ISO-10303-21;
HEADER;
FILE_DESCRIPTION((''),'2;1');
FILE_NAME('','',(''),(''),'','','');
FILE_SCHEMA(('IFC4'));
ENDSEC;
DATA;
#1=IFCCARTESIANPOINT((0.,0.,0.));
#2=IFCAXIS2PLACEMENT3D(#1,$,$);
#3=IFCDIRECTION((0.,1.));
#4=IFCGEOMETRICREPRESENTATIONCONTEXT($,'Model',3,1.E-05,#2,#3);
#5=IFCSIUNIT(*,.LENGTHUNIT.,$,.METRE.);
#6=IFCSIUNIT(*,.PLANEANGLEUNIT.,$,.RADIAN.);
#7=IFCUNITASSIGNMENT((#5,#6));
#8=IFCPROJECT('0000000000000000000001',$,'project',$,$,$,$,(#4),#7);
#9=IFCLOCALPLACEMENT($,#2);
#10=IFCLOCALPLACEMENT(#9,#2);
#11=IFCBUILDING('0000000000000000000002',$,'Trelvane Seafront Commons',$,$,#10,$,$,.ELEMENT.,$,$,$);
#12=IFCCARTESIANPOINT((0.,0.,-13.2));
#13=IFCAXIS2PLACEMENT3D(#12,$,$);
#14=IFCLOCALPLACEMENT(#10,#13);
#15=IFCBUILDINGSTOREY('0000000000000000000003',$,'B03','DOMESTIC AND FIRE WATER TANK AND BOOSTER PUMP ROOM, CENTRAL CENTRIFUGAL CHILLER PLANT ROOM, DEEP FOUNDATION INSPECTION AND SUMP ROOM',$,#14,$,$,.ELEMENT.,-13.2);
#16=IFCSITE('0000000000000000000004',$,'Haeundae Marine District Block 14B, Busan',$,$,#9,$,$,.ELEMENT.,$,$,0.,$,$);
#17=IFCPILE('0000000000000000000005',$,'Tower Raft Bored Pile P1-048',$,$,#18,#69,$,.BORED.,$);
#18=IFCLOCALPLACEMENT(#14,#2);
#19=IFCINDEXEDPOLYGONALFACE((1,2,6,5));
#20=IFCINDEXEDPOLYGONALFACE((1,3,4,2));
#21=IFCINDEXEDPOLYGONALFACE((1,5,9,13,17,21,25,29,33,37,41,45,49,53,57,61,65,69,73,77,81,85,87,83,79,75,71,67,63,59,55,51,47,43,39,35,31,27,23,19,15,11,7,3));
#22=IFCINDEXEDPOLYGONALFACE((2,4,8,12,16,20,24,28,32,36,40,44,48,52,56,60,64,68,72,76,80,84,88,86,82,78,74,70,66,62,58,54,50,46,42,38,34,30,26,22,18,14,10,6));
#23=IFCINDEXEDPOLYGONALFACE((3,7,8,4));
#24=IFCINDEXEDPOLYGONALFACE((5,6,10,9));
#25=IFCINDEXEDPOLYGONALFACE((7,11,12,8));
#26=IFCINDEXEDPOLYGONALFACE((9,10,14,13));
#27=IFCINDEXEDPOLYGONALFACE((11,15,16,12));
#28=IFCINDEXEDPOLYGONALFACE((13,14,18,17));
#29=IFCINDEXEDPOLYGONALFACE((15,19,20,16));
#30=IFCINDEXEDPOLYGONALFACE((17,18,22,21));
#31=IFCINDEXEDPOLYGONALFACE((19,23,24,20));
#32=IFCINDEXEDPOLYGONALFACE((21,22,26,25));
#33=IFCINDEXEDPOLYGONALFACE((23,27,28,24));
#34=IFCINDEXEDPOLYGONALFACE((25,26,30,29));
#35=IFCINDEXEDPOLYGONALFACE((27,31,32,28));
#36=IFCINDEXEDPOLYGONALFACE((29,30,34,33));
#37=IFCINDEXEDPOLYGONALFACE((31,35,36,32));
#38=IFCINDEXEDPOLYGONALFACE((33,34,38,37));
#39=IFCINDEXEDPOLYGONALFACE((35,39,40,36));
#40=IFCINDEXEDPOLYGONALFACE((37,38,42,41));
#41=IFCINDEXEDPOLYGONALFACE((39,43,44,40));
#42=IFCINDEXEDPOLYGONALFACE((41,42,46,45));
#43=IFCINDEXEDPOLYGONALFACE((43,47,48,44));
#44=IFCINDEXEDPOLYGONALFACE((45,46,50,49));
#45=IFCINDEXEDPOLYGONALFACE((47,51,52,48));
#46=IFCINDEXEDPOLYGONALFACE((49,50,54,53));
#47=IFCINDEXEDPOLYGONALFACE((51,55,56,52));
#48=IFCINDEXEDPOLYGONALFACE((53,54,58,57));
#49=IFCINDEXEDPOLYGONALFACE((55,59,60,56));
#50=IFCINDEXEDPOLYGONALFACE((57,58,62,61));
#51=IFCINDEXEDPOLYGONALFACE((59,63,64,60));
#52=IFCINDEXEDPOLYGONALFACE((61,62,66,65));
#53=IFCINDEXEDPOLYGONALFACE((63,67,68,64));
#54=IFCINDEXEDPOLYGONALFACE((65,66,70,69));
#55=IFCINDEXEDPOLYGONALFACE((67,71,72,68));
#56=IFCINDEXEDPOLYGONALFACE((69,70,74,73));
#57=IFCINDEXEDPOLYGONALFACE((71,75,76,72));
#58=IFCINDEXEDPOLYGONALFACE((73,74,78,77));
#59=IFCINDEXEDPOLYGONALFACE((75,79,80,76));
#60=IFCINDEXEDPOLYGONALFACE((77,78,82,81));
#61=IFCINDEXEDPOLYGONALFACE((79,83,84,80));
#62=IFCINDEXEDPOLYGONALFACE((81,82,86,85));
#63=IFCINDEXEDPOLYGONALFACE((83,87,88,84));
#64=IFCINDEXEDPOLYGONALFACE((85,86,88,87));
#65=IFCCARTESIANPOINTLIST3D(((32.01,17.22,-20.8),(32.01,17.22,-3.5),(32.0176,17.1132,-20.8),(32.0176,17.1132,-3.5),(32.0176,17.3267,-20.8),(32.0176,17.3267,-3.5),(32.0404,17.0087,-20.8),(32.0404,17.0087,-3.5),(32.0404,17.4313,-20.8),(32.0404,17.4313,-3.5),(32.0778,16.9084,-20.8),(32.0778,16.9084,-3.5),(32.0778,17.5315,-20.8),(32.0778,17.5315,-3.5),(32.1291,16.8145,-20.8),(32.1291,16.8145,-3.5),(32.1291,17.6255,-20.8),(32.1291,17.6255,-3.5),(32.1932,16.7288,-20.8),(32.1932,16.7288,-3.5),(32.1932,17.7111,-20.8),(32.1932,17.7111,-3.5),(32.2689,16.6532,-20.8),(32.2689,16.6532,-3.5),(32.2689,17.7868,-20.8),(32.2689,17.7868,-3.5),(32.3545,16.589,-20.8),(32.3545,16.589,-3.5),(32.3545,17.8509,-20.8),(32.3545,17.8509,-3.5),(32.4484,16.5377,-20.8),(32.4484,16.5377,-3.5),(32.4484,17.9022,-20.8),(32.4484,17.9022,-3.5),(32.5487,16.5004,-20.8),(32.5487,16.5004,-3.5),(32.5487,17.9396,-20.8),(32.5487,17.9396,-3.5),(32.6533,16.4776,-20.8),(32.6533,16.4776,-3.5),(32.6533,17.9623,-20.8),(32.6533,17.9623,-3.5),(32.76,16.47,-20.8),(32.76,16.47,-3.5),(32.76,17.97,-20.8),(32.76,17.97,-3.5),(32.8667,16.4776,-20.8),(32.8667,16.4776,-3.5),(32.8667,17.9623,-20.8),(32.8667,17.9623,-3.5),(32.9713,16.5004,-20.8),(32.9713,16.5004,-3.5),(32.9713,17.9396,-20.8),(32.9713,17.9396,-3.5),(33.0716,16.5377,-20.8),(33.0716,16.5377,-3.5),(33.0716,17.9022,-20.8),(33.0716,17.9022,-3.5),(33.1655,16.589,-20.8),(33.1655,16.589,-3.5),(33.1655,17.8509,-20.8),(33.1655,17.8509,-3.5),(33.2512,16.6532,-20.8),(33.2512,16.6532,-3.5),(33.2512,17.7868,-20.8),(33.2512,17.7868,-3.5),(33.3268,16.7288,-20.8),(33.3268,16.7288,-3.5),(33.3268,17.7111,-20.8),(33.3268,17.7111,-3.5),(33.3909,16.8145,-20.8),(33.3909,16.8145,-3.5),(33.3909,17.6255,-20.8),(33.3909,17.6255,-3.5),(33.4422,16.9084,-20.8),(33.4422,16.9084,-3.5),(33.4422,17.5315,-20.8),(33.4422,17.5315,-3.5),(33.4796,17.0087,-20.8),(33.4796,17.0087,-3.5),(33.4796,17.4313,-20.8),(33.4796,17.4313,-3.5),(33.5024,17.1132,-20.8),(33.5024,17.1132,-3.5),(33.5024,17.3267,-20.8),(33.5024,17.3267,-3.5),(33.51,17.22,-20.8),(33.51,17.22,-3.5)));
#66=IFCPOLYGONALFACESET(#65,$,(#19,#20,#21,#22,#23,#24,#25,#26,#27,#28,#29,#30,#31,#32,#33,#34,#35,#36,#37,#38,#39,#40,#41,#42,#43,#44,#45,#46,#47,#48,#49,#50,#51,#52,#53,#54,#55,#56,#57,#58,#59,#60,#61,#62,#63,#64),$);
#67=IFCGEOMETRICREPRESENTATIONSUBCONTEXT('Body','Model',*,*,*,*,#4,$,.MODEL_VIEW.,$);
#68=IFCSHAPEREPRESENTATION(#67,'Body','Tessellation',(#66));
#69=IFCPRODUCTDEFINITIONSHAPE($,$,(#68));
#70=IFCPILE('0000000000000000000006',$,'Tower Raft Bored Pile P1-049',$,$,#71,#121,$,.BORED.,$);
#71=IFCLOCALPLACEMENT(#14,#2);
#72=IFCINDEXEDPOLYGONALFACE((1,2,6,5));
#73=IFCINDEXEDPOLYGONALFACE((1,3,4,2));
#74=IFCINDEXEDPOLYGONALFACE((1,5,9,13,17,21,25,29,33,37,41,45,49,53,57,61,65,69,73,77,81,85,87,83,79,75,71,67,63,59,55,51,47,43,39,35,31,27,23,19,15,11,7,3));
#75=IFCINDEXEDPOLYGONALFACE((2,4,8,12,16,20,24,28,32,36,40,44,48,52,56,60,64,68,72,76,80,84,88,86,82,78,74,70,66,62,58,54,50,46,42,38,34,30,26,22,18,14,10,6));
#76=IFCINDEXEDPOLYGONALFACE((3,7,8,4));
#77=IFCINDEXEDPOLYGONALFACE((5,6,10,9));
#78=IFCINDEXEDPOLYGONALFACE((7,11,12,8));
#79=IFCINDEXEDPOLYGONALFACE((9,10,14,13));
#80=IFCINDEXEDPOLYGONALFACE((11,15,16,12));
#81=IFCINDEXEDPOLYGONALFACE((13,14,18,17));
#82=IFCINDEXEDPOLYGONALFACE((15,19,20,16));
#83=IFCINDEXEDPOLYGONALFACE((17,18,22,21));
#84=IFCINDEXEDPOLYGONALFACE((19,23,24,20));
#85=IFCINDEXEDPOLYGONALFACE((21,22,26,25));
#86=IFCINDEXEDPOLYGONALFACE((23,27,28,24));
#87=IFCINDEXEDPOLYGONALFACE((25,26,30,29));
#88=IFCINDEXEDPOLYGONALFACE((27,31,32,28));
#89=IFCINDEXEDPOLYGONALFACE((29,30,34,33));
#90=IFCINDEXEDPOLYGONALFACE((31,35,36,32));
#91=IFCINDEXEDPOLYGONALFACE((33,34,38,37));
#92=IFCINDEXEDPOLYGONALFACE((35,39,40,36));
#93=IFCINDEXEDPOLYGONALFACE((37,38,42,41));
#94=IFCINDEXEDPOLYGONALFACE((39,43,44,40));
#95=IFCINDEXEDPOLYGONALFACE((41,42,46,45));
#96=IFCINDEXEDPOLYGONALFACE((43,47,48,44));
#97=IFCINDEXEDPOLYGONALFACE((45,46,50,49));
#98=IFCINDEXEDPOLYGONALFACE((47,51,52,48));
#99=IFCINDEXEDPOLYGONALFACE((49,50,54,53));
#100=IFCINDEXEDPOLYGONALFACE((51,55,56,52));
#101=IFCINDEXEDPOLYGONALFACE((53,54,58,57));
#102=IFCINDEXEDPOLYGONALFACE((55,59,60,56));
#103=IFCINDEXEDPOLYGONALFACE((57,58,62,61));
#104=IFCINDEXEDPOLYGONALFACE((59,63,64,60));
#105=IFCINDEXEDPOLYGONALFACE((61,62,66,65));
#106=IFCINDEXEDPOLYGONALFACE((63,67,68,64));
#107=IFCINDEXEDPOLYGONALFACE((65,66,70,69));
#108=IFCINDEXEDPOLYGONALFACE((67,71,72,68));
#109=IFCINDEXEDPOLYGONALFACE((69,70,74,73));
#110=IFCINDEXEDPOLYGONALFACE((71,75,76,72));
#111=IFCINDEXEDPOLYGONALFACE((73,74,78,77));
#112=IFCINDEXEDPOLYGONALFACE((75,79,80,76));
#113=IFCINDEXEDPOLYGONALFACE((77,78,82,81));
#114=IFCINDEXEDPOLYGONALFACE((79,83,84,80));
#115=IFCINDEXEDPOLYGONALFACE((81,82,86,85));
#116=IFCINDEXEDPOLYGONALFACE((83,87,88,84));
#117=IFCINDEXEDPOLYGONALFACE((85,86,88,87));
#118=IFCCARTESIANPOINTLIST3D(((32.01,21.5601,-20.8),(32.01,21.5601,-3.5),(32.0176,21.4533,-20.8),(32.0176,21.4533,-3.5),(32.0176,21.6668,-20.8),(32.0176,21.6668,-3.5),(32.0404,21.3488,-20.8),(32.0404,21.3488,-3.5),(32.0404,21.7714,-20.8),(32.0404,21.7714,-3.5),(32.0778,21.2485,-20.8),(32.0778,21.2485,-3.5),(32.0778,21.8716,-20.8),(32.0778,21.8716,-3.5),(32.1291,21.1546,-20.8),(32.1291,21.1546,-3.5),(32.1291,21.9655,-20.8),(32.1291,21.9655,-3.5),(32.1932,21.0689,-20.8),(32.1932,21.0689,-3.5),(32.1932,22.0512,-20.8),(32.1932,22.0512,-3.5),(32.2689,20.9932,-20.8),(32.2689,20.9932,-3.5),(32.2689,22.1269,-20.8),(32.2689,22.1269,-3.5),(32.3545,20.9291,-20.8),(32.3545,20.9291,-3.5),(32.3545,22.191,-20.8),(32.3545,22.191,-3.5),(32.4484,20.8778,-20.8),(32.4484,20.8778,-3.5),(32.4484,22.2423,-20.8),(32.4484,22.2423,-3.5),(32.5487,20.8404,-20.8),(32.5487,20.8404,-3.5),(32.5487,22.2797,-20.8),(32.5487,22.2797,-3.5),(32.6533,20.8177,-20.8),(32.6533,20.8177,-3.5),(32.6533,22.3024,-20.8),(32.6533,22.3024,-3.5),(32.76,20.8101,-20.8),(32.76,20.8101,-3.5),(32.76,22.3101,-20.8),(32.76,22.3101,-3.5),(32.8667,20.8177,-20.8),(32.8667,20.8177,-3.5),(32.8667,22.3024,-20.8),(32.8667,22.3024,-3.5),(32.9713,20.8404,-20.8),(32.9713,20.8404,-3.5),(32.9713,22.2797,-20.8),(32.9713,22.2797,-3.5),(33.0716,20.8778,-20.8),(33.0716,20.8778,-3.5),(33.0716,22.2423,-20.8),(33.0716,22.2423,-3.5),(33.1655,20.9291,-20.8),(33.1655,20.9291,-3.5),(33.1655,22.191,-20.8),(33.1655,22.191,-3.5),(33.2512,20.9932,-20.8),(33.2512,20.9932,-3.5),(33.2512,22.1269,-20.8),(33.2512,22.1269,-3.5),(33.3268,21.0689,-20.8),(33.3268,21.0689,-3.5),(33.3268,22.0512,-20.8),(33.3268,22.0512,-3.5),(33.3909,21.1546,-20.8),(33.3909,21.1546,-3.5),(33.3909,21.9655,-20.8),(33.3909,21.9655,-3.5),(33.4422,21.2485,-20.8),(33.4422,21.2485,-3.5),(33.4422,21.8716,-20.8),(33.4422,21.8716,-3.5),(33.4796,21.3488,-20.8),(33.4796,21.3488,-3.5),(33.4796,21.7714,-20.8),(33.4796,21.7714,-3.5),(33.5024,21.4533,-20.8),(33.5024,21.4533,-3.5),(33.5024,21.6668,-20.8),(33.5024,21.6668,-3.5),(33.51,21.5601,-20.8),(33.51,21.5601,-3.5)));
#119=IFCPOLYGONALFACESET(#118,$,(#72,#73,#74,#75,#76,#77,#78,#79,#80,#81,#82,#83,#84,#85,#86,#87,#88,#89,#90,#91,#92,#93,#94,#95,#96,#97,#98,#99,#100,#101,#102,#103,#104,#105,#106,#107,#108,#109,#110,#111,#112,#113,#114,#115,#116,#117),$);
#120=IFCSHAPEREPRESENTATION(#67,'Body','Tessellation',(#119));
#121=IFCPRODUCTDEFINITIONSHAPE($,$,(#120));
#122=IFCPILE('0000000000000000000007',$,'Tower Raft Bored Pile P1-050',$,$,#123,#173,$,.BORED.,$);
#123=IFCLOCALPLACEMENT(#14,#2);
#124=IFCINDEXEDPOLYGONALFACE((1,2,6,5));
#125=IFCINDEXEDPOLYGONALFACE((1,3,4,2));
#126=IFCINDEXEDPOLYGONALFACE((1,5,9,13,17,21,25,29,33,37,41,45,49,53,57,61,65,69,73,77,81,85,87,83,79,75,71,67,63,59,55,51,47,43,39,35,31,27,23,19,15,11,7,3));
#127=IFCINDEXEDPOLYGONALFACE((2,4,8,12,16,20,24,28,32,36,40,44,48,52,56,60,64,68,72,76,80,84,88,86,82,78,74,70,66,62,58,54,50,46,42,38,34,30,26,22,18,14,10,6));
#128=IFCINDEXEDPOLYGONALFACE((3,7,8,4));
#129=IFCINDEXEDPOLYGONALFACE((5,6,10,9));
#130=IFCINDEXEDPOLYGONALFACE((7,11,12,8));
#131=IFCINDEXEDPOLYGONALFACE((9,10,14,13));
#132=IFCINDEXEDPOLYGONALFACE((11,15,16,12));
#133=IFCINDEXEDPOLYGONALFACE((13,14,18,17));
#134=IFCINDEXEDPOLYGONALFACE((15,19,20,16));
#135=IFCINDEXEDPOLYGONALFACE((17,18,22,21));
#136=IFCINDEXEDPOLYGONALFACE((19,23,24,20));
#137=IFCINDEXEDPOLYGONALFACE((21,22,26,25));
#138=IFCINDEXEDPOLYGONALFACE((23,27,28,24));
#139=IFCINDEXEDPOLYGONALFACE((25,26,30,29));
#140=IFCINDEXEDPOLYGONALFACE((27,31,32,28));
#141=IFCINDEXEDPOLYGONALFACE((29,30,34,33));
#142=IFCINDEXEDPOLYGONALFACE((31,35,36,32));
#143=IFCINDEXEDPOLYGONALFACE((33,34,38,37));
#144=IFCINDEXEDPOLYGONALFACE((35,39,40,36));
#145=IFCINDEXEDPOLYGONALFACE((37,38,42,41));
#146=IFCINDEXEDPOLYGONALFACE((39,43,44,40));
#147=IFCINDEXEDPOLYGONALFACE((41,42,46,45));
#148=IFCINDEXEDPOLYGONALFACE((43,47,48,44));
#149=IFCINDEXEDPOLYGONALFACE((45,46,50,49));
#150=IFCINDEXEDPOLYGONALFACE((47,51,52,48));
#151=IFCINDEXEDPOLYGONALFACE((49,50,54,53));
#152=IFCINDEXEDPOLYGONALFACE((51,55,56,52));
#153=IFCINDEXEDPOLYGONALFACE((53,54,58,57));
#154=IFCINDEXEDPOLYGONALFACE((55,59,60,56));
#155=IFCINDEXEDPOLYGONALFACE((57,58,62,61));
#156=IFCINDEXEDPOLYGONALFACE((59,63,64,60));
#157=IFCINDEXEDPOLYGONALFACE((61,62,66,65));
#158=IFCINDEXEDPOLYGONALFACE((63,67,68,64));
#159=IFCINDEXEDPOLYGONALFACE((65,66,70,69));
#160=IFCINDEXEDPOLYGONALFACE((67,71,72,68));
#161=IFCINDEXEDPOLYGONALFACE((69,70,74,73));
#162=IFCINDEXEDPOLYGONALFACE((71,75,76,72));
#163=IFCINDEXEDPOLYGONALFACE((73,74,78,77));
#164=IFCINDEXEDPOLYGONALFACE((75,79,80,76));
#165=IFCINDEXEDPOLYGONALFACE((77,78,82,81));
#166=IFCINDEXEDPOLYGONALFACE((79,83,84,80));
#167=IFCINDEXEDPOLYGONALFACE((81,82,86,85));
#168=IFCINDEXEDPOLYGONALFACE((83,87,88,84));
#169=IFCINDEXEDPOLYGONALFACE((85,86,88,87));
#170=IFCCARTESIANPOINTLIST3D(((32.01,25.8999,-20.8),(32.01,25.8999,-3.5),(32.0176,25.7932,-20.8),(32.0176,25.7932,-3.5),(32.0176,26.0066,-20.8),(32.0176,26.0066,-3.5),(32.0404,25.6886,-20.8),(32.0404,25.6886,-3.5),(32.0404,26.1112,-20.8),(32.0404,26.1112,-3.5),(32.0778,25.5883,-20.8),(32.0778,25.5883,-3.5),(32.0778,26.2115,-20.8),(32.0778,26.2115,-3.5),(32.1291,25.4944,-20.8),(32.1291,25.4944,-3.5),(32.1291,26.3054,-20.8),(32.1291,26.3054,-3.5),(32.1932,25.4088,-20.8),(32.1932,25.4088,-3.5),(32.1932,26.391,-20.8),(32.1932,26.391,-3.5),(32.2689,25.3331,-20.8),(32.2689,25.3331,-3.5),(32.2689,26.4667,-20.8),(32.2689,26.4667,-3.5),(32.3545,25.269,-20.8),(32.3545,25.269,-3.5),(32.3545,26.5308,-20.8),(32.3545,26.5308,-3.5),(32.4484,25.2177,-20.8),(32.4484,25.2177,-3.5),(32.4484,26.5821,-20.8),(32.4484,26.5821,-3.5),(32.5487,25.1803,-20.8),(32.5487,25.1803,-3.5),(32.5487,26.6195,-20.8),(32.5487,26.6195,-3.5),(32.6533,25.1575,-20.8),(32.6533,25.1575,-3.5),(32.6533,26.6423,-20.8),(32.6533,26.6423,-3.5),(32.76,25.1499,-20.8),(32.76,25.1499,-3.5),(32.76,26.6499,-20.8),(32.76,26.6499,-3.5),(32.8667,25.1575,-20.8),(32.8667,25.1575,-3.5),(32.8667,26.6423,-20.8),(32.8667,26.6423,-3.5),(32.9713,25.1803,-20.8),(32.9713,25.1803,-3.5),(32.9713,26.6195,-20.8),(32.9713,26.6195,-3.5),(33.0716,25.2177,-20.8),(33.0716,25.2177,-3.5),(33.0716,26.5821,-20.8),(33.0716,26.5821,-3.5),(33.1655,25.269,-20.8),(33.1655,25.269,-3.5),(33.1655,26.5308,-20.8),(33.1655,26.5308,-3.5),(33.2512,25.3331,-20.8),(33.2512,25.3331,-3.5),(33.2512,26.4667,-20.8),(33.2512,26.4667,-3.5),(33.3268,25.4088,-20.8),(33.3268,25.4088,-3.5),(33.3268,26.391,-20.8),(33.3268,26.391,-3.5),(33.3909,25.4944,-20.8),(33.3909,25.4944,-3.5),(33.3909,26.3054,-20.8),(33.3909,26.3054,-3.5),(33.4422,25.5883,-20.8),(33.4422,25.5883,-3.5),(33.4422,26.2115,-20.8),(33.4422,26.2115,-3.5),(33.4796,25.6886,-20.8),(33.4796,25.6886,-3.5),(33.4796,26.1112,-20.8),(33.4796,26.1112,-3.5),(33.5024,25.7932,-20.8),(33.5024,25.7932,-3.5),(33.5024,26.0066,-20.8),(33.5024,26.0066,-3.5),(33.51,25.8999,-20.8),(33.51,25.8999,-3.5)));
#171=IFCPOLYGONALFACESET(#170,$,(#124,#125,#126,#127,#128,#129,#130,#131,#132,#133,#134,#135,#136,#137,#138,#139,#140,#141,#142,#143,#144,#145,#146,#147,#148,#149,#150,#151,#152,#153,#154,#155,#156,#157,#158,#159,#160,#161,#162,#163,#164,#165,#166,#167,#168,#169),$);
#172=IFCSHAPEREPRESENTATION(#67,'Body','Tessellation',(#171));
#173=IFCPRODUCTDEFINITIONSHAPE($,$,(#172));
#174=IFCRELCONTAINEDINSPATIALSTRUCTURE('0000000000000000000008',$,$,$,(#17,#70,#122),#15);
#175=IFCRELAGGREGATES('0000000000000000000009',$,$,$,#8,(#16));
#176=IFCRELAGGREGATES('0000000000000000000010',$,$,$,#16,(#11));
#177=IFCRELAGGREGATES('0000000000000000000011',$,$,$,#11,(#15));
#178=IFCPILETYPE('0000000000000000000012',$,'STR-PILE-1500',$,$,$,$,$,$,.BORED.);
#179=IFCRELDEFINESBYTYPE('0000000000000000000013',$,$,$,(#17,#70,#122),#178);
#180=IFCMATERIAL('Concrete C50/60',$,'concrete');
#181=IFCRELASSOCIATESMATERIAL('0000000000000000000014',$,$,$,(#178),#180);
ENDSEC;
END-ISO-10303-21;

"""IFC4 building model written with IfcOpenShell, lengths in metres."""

from ifc_helpers import new_model, si_unit, direction, frame, origin, origin_2d, place, context, subcontext, project, spatial, circle, extrude, source, transform, mapped, material, material_profile, profile_set, type_object, element, save


model = new_model("IFC4")

# Units and contexts
model_context = context("Model", 3, precision=1e-05, world=origin(), true_north=direction((0.0, 1.0)))
body_context = subcontext(model_context, "Body", "Model", "MODEL_VIEW")
ifc_project = project(units=[si_unit("LENGTHUNIT", "METRE"), si_unit("PLANEANGLEUNIT", "RADIAN")], contexts=[model_context])

# Site, building, storey
site_placement = place(None, origin())
site = spatial("IfcSite", under=ifc_project, at=site_placement, Name="Haeundae Marine District Block 14B, Busan", CompositionType="ELEMENT", RefElevation=0.0)
building_placement = place(site_placement, origin())
building = spatial("IfcBuilding", under=site, at=building_placement, Name="Trelvane Seafront Commons", CompositionType="ELEMENT")
storey_placement = place(building_placement, frame((0.0, 0.0, -13.2)))
storey = spatial("IfcBuildingStorey", under=building, at=storey_placement, Name="B03", Description="DOMESTIC AND FIRE WATER TANK AND BOOSTER PUMP ROOM, CENTRAL CENTRIFUGAL CHILLER PLANT ROOM, DEEP FOUNDATION INSPECTION AND SUMP ROOM", CompositionType="ELEMENT", Elevation=-13.2)

# Piles
ifc_material_1 = material(Name="Concrete C50/60", Category="concrete")
ifc_material_profile_1 = material_profile(ifc_material_1, circle(Radius=0.75, at=origin_2d()), Name="PILE-1500")
ifc_profile_set_1 = profile_set([ifc_material_profile_1], Name="Concrete C50/60")
pile_type = type_object("IfcPileType", Name="STR-PILE-1500", PredefinedType="BORED", material=ifc_profile_set_1)
shared_shape_1 = source(origin(), body_context, "Body", "SweptSolid", [
    extrude(circle(Radius=0.75, at=origin_2d()), origin(), (0.0, 0.0, 1.0), 17.3),
])
for number, where, z_axis, x_axis, name in (
    (1, (32.76, 17.22, -3.5), (0.0, 0.0, -1.0), (1.0, 0.0, 0.0), "Tower Raft Bored Pile P1-048"),
    (2, (32.76, 21.5601, -3.5), (0.0, 0.0, -1.0), (1.0, 0.0, 0.0), "Tower Raft Bored Pile P1-049"),
    (3, (32.76, 25.8999, -3.5), (0.0, 0.0, -1.0), (1.0, 0.0, 0.0), "Tower Raft Bored Pile P1-050"),
):
    element("IfcPile", number, at=place(storey_placement, frame(where, z_axis=z_axis, x_axis=x_axis)), inside=storey, type_object=pile_type, Name=name, PredefinedType="BORED", context=body_context, shape_type="MappedRepresentation", body=[
        mapped(shared_shape_1, transform((0.0, 0.0, 0.0), x_axis=(1.0, 0.0, 0.0), y_axis=(0.0, 1.0, 0.0), z_axis=(0.0, 0.0, 1.0), scale=1.0)),
    ])

save(model, "model.ifc")
